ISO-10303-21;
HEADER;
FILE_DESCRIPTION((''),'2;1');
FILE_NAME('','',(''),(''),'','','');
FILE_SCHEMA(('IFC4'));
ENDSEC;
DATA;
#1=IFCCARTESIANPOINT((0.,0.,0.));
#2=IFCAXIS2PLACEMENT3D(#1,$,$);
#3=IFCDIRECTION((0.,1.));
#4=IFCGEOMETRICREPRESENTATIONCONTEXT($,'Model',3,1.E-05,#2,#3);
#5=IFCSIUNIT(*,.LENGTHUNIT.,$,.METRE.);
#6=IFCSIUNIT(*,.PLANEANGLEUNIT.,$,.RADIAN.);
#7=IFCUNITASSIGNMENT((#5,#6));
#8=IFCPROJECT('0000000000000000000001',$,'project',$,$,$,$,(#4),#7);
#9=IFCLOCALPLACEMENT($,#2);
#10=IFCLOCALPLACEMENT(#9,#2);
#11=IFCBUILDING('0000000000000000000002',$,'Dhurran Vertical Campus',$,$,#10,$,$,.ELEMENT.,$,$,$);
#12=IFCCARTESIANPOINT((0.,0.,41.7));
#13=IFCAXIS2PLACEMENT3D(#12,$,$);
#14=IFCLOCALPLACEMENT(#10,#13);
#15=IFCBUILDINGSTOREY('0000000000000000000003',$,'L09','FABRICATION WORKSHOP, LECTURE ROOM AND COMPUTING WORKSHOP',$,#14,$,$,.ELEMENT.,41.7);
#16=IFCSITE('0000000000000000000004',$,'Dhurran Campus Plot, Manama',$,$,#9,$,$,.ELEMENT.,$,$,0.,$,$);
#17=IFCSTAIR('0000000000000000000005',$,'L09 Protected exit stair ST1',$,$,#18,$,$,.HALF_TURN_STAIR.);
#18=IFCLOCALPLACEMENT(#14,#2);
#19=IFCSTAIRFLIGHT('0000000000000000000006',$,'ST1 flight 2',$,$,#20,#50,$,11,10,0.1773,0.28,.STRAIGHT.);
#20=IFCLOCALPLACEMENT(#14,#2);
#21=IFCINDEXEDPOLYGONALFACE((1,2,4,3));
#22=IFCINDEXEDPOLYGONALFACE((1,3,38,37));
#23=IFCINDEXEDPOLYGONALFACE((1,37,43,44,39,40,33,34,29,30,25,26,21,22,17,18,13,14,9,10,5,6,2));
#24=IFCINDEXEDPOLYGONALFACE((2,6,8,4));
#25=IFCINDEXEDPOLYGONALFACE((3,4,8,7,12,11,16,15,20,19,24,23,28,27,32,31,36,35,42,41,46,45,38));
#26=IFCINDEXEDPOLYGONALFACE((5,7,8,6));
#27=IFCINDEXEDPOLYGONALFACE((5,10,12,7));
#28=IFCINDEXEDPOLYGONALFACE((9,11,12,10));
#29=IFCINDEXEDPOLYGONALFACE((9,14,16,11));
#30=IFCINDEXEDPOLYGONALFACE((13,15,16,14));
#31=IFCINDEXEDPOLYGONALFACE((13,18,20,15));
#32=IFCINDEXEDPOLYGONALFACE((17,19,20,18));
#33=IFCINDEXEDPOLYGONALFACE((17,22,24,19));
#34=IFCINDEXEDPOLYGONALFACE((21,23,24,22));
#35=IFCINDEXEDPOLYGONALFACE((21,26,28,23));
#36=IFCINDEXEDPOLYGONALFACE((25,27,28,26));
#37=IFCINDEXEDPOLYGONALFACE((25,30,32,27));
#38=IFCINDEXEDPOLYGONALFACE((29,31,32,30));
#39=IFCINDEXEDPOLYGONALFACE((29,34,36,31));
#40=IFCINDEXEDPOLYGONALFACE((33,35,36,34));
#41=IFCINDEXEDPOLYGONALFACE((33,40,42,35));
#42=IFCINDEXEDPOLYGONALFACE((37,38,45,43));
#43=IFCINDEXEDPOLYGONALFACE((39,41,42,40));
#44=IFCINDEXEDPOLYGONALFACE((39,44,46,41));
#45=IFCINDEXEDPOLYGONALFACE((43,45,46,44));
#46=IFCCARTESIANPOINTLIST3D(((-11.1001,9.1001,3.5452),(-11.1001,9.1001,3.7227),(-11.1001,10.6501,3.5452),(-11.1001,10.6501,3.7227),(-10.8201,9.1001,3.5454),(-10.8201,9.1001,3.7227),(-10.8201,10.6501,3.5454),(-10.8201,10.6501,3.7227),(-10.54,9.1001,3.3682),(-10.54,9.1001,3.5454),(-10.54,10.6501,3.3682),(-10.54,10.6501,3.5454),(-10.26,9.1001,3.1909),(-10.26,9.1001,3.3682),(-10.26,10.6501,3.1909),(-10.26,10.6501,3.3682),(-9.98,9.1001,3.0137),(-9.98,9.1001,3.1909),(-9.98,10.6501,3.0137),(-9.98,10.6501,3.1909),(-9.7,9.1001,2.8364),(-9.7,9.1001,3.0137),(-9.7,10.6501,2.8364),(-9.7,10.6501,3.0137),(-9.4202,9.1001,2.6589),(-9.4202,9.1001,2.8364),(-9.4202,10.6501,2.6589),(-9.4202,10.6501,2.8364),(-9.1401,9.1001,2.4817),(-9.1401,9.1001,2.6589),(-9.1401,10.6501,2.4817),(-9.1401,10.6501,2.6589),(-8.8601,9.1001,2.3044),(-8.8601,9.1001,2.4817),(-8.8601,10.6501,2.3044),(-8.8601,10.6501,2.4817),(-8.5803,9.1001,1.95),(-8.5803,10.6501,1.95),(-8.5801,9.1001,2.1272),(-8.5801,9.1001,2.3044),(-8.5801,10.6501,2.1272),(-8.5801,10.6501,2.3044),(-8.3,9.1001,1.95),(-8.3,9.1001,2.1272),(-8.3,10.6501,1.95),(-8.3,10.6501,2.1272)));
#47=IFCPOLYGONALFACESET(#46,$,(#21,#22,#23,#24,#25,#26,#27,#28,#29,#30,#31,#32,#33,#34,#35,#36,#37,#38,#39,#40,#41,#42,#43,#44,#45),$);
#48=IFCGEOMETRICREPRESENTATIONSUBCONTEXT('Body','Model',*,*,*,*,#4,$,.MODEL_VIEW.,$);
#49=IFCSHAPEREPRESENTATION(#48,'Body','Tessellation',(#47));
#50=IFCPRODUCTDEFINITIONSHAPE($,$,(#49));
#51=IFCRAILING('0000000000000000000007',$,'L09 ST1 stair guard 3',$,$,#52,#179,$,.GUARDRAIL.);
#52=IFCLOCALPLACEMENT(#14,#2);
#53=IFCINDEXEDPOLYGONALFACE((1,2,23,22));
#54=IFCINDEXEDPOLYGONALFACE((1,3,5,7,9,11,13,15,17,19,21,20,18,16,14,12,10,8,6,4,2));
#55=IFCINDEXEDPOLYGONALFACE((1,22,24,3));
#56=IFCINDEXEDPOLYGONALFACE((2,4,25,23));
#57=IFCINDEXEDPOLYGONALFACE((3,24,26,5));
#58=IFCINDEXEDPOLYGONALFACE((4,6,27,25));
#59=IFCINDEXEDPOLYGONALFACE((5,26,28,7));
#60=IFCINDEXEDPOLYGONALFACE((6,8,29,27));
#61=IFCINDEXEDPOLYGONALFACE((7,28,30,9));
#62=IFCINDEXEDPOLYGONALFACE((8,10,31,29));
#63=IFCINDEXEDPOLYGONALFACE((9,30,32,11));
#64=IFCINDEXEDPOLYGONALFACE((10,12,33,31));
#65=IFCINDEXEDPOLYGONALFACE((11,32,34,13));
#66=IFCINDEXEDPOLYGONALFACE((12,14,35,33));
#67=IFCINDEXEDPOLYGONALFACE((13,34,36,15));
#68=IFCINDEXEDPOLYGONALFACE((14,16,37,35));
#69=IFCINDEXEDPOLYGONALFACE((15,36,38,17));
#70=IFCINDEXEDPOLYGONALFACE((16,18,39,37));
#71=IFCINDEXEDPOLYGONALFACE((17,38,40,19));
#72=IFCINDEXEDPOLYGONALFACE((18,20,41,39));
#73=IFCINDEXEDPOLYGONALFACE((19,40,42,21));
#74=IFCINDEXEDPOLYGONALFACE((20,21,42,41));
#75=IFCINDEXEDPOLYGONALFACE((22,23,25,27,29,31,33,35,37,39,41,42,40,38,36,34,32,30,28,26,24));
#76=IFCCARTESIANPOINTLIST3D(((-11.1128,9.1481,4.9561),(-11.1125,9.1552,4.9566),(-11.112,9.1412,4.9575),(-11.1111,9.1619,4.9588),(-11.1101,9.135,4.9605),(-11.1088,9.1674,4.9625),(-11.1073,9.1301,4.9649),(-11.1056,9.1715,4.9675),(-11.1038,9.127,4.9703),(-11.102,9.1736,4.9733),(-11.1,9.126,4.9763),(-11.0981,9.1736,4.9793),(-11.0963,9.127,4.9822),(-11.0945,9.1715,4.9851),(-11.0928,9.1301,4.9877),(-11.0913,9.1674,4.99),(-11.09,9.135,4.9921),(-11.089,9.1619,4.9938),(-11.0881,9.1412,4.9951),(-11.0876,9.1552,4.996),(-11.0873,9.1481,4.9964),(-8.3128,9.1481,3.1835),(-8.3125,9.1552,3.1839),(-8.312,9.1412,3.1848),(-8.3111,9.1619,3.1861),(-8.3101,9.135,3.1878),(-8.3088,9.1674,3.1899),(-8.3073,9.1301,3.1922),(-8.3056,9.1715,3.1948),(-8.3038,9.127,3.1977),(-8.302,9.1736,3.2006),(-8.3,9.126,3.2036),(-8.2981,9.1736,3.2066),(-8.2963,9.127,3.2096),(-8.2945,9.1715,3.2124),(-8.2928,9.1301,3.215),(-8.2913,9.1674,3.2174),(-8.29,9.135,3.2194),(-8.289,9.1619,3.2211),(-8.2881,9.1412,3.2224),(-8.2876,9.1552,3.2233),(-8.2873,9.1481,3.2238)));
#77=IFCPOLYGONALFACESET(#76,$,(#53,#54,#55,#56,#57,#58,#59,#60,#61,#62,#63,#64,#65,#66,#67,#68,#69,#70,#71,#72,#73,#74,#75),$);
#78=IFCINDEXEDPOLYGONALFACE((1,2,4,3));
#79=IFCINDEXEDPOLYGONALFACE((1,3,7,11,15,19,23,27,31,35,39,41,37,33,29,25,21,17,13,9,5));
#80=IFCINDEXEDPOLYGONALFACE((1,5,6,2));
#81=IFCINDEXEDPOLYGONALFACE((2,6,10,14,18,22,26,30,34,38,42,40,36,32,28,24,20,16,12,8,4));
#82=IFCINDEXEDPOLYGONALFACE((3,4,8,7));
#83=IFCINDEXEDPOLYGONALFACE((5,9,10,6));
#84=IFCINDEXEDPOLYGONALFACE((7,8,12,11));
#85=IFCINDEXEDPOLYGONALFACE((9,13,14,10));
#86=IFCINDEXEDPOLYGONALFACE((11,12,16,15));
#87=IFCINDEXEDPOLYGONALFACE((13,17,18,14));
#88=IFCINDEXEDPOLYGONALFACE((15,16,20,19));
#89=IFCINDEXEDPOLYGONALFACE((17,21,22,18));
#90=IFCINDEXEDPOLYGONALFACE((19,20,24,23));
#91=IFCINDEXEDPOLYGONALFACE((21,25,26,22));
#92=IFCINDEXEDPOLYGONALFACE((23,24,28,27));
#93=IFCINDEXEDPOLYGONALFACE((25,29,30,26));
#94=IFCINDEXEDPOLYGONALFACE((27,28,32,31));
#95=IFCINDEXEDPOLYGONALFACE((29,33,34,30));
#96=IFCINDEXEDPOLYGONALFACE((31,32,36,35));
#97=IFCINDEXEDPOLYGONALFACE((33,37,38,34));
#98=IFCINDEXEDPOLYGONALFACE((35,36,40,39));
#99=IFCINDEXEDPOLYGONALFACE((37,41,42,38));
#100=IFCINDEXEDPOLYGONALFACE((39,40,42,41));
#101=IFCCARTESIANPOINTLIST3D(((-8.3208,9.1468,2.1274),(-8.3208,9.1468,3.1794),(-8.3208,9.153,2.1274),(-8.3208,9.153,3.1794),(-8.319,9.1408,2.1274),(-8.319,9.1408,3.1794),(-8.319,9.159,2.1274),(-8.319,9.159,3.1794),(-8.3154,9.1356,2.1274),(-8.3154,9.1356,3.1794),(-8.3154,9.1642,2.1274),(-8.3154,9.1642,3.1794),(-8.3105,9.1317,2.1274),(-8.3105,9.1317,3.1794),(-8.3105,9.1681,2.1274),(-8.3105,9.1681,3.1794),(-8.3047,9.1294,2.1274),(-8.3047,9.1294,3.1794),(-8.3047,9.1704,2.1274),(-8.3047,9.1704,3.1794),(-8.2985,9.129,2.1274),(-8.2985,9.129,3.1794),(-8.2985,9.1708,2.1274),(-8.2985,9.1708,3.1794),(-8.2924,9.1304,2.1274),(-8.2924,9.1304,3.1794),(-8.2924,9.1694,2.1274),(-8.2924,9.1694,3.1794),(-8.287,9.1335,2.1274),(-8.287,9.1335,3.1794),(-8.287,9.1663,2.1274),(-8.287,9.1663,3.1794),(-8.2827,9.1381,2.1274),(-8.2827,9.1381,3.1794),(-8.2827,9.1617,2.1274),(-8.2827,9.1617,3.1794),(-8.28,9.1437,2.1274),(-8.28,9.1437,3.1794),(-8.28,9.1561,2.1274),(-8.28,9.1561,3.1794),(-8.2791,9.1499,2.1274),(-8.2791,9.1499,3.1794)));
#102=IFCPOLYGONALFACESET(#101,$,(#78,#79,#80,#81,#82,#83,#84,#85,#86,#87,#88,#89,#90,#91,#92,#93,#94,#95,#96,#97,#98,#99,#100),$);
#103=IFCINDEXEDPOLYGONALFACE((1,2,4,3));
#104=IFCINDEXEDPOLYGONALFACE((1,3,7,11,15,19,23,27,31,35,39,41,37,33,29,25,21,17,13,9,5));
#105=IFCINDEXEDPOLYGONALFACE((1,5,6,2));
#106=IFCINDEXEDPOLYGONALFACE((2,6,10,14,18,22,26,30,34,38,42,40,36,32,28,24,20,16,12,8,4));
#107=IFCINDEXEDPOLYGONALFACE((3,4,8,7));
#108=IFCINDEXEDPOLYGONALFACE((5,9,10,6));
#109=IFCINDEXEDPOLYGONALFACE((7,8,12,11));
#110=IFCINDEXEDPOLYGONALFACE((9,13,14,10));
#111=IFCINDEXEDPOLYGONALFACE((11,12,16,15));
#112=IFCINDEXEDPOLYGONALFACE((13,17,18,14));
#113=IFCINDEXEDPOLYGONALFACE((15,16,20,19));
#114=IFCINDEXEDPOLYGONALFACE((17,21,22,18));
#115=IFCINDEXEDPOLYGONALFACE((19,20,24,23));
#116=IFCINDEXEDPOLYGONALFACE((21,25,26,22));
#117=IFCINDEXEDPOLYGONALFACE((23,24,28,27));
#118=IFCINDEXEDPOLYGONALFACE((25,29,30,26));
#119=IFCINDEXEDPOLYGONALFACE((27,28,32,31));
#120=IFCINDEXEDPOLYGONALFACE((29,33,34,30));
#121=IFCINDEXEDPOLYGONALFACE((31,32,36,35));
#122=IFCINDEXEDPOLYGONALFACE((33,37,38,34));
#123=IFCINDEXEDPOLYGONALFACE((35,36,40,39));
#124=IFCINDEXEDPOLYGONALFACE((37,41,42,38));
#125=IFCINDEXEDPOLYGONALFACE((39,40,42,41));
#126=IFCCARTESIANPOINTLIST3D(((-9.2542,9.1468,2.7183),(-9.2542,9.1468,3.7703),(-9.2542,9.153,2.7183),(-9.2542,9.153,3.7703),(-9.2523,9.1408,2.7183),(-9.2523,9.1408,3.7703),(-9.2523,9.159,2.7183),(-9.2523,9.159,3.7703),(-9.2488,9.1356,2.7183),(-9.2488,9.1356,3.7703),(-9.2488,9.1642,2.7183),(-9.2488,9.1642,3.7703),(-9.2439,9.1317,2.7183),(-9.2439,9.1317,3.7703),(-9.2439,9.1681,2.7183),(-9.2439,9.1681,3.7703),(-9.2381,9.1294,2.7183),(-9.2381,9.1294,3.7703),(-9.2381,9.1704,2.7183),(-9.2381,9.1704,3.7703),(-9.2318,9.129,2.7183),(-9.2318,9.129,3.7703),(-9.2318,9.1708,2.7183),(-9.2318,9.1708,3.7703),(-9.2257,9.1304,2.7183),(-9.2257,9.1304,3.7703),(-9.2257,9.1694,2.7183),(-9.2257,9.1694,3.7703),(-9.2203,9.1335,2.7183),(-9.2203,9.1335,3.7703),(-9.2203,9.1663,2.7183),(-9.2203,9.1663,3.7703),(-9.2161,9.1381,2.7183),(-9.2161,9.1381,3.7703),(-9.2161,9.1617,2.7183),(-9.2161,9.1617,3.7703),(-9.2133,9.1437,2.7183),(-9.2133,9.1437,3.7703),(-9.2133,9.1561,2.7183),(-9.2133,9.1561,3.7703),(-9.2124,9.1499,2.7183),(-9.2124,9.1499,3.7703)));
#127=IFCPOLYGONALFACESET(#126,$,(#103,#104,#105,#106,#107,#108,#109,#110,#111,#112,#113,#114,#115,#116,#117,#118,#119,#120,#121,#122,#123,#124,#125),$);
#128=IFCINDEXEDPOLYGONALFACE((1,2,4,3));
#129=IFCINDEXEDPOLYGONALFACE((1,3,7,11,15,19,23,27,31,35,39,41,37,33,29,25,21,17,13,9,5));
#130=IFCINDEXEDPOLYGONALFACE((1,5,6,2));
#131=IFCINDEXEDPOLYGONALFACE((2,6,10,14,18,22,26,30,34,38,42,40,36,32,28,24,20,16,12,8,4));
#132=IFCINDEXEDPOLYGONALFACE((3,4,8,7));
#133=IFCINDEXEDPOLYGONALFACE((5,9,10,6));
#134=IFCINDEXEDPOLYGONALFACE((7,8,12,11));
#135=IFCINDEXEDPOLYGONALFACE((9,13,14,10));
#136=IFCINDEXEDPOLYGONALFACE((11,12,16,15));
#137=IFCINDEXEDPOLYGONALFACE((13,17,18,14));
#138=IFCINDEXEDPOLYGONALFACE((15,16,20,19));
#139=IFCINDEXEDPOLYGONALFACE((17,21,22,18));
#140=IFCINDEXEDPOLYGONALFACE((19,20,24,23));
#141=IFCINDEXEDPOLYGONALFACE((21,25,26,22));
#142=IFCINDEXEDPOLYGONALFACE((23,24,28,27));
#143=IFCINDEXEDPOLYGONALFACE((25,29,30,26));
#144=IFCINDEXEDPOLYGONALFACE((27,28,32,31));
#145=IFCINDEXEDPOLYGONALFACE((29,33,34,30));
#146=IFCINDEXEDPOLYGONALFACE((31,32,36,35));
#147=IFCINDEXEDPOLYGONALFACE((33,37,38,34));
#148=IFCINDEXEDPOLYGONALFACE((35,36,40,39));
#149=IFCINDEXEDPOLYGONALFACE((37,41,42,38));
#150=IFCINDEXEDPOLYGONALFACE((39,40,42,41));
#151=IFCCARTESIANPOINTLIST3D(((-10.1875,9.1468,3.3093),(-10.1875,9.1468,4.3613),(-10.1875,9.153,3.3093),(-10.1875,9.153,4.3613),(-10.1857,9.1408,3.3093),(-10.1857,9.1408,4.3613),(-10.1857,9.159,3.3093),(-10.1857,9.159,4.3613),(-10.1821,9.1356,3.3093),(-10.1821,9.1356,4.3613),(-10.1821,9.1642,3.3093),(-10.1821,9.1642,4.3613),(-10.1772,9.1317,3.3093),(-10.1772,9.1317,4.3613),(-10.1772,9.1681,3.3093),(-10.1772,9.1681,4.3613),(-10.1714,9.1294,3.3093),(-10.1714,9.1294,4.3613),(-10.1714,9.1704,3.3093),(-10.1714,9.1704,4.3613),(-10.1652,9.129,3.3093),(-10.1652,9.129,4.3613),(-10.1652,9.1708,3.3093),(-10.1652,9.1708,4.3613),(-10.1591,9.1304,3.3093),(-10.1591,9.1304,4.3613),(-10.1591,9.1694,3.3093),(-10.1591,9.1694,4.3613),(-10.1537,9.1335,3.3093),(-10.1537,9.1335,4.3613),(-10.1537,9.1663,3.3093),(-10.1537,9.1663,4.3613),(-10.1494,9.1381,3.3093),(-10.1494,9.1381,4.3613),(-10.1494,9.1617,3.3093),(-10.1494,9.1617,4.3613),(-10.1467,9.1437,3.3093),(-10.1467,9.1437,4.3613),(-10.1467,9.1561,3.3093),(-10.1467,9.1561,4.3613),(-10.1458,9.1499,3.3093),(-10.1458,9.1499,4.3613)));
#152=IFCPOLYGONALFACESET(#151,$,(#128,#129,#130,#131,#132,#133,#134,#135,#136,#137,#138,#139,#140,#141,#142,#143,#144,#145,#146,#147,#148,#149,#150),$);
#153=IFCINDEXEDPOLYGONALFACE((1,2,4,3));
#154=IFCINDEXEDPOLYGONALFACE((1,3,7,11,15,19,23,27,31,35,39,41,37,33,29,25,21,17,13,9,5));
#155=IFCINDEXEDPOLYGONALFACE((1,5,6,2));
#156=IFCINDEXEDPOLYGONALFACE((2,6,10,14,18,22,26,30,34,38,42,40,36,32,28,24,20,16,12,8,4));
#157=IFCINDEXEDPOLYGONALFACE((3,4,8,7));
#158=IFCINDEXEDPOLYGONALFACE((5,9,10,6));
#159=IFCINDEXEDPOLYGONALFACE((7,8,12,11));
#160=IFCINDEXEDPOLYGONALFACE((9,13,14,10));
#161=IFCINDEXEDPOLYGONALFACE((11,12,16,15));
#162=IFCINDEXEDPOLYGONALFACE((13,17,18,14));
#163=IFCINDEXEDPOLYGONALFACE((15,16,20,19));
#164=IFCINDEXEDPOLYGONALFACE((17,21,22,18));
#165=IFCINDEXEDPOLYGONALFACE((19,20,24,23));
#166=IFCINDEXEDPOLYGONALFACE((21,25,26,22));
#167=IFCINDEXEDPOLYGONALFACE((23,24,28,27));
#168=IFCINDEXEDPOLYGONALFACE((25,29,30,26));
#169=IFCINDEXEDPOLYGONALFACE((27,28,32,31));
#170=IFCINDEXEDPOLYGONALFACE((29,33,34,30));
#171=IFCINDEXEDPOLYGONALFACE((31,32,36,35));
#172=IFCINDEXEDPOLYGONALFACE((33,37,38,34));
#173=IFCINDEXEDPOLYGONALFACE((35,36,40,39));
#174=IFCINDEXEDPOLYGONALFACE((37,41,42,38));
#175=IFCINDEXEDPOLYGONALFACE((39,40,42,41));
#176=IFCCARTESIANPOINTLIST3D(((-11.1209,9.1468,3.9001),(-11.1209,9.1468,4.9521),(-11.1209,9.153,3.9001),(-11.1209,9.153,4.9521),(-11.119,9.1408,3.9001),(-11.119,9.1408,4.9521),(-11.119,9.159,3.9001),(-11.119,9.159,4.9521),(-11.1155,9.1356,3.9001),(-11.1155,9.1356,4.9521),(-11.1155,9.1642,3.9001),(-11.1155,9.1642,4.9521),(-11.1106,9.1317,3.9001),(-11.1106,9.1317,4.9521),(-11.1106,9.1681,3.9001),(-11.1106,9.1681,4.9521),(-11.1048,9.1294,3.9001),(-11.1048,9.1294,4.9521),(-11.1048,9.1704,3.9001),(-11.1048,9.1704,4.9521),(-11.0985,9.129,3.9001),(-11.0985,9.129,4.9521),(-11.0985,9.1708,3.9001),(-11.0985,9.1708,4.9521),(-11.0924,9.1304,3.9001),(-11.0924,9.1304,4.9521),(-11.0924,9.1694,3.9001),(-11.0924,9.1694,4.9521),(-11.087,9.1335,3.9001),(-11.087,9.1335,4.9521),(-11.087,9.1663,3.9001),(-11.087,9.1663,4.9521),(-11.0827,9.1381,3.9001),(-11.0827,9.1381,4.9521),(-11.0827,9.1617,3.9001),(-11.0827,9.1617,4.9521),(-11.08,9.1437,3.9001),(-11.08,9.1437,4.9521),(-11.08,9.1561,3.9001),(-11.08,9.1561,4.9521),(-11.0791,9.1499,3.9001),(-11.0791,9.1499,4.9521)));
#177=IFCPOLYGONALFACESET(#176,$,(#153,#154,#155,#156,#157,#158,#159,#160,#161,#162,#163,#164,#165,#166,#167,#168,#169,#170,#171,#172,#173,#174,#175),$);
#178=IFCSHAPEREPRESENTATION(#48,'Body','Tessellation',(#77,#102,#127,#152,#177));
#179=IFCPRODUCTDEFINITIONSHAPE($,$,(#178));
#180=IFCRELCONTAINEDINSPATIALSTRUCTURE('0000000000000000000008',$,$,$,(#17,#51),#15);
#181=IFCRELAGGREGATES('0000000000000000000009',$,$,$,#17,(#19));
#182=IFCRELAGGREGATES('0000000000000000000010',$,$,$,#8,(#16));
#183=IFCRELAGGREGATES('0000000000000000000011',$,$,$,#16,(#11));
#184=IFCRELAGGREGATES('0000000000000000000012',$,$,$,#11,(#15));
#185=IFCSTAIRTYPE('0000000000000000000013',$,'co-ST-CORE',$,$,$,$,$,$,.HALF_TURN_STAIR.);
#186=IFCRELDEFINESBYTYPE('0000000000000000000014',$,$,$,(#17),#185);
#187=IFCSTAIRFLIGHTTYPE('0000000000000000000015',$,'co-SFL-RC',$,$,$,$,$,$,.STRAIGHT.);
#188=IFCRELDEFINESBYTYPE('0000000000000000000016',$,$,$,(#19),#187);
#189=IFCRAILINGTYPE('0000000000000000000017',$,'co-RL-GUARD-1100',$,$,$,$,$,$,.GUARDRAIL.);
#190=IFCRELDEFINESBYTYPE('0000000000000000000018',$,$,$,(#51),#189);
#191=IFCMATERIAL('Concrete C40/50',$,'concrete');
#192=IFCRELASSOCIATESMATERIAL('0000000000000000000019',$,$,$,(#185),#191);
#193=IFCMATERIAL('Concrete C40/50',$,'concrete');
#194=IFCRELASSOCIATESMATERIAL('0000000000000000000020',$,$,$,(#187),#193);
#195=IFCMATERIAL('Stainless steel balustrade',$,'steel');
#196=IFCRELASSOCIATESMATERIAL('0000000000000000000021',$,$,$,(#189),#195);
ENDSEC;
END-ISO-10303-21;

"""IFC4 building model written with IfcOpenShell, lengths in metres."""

from ifc_helpers import new_model, si_unit, direction, frame, origin, origin_2d, place, context, subcontext, project, spatial, polyline, circle, outline, extrude, material, type_object, element, aggregate, save


model = new_model("IFC4")

# Units and contexts
model_context = context("Model", 3, precision=1e-05, world=origin(), true_north=direction((0.0, 1.0)))
body_context = subcontext(model_context, "Body", "Model", "MODEL_VIEW")
ifc_project = project(units=[si_unit("LENGTHUNIT", "METRE"), si_unit("PLANEANGLEUNIT", "RADIAN")], contexts=[model_context])

# Site, building, storey
site_placement = place(None, origin())
site = spatial("IfcSite", under=ifc_project, at=site_placement, Name="Dhurran Campus Plot, Manama", CompositionType="ELEMENT", RefElevation=0.0)
building_placement = place(site_placement, origin())
building = spatial("IfcBuilding", under=site, at=building_placement, Name="Dhurran Vertical Campus", CompositionType="ELEMENT")
storey_placement = place(building_placement, frame((0.0, 0.0, 41.7)))
storey = spatial("IfcBuildingStorey", under=building, at=storey_placement, Name="L09", Description="FABRICATION WORKSHOP, LECTURE ROOM AND COMPUTING WORKSHOP", CompositionType="ELEMENT", Elevation=41.7)

# Stair, stair flight
ifc_material_1 = material(Name="Concrete C40/50", Category="concrete")
stair_type = type_object("IfcStairType", Name="co-ST-CORE", PredefinedType="HALF_TURN_STAIR", material=ifc_material_1)
stair_placement = place(storey_placement, origin())
stair = element("IfcStair", 1, at=stair_placement, inside=storey, type_object=stair_type, Name="L09 Protected exit stair ST1", PredefinedType="HALF_TURN_STAIR")
ifc_material_2 = material(Name="Concrete C40/50", Category="concrete")
stair_flight_type = type_object("IfcStairFlightType", Name="co-SFL-RC", PredefinedType="STRAIGHT", material=ifc_material_2)
stair_flight_placement = place(storey_placement, frame((-8.3, 9.875, 1.95), z_axis=(0.0, 0.0, 1.0), x_axis=(-1.0, 0.0, 0.0)))
stair_flight = element("IfcStairFlight", 2, at=stair_flight_placement, type_object=stair_flight_type, Name="ST1 flight 2", NumberOfRisers=11, NumberOfTreads=10, PredefinedType="STRAIGHT", RiserHeight=0.1773, TreadLength=0.28, context=body_context, shape_type="SweptSolid", body=[
    extrude(outline(polyline([(0.0, 0.0), (0.0, 0.1772), (0.28, 0.1772), (0.28, 0.3545), (0.5601, 0.3545), (0.5601, 0.5317), (0.8401, 0.5317), (0.8401, 0.709), (1.1201, 0.709), (1.1201, 0.8865), (1.3999, 0.8865), (1.3999, 1.0637), (1.6799, 1.0637), (1.6799, 1.241), (1.96, 1.241), (1.96, 1.4182), (2.24, 1.4182), (2.24, 1.5955), (2.52, 1.5955), (2.52, 1.7727), (2.8, 1.7727), (2.8, 1.95), (2.8, 1.5952), (0.2803, 0.0), (0.0, 0.0)])), frame((0.0, 0.7749, 0.0), z_axis=(0.0, -1.0, 0.0), x_axis=(1.0, 0.0, 0.0)), (0.0, 0.0, 1.0), 1.55),
])
aggregate(stair, [stair_flight])

# Railing
ifc_material_3 = material(Name="Stainless steel balustrade", Category="steel")
railing_type_1 = type_object("IfcRailingType", Name="co-RL-GUARD-1100", PredefinedType="GUARDRAIL", material=ifc_material_3)
railing_1_placement = place(storey_placement, frame((-8.3, 9.1499, 2.1274)))
element("IfcRailing", 3, at=railing_1_placement, inside=storey, type_object=railing_type_1, Name="L09 ST1 stair guard 3", PredefinedType="GUARDRAIL", context=body_context, shape_type="SweptSolid", body=[
    extrude(circle(Radius=0.0239, at=origin_2d()), frame((0.0, 0.0, 1.0762), z_axis=(-0.844909, 0.0, 0.53491), x_axis=(0.0, -1.0, 0.0)), (0.0, 0.0, 1.0), 3.314),
    extrude(circle(Radius=0.021, at=origin_2d()), origin(), (0.0, 0.0, 1.0), 1.052),
    extrude(circle(Radius=0.021, at=origin_2d()), frame((-0.9333, 0.0, 0.5908)), (0.0, 0.0, 1.0), 1.052),
    extrude(circle(Radius=0.021, at=origin_2d()), frame((-1.8667, 0.0, 1.1819)), (0.0, 0.0, 1.0), 1.052),
    extrude(circle(Radius=0.021, at=origin_2d()), frame((-2.8, 0.0, 1.7727)), (0.0, 0.0, 1.0), 1.052),
])

save(model, "model.ifc")
